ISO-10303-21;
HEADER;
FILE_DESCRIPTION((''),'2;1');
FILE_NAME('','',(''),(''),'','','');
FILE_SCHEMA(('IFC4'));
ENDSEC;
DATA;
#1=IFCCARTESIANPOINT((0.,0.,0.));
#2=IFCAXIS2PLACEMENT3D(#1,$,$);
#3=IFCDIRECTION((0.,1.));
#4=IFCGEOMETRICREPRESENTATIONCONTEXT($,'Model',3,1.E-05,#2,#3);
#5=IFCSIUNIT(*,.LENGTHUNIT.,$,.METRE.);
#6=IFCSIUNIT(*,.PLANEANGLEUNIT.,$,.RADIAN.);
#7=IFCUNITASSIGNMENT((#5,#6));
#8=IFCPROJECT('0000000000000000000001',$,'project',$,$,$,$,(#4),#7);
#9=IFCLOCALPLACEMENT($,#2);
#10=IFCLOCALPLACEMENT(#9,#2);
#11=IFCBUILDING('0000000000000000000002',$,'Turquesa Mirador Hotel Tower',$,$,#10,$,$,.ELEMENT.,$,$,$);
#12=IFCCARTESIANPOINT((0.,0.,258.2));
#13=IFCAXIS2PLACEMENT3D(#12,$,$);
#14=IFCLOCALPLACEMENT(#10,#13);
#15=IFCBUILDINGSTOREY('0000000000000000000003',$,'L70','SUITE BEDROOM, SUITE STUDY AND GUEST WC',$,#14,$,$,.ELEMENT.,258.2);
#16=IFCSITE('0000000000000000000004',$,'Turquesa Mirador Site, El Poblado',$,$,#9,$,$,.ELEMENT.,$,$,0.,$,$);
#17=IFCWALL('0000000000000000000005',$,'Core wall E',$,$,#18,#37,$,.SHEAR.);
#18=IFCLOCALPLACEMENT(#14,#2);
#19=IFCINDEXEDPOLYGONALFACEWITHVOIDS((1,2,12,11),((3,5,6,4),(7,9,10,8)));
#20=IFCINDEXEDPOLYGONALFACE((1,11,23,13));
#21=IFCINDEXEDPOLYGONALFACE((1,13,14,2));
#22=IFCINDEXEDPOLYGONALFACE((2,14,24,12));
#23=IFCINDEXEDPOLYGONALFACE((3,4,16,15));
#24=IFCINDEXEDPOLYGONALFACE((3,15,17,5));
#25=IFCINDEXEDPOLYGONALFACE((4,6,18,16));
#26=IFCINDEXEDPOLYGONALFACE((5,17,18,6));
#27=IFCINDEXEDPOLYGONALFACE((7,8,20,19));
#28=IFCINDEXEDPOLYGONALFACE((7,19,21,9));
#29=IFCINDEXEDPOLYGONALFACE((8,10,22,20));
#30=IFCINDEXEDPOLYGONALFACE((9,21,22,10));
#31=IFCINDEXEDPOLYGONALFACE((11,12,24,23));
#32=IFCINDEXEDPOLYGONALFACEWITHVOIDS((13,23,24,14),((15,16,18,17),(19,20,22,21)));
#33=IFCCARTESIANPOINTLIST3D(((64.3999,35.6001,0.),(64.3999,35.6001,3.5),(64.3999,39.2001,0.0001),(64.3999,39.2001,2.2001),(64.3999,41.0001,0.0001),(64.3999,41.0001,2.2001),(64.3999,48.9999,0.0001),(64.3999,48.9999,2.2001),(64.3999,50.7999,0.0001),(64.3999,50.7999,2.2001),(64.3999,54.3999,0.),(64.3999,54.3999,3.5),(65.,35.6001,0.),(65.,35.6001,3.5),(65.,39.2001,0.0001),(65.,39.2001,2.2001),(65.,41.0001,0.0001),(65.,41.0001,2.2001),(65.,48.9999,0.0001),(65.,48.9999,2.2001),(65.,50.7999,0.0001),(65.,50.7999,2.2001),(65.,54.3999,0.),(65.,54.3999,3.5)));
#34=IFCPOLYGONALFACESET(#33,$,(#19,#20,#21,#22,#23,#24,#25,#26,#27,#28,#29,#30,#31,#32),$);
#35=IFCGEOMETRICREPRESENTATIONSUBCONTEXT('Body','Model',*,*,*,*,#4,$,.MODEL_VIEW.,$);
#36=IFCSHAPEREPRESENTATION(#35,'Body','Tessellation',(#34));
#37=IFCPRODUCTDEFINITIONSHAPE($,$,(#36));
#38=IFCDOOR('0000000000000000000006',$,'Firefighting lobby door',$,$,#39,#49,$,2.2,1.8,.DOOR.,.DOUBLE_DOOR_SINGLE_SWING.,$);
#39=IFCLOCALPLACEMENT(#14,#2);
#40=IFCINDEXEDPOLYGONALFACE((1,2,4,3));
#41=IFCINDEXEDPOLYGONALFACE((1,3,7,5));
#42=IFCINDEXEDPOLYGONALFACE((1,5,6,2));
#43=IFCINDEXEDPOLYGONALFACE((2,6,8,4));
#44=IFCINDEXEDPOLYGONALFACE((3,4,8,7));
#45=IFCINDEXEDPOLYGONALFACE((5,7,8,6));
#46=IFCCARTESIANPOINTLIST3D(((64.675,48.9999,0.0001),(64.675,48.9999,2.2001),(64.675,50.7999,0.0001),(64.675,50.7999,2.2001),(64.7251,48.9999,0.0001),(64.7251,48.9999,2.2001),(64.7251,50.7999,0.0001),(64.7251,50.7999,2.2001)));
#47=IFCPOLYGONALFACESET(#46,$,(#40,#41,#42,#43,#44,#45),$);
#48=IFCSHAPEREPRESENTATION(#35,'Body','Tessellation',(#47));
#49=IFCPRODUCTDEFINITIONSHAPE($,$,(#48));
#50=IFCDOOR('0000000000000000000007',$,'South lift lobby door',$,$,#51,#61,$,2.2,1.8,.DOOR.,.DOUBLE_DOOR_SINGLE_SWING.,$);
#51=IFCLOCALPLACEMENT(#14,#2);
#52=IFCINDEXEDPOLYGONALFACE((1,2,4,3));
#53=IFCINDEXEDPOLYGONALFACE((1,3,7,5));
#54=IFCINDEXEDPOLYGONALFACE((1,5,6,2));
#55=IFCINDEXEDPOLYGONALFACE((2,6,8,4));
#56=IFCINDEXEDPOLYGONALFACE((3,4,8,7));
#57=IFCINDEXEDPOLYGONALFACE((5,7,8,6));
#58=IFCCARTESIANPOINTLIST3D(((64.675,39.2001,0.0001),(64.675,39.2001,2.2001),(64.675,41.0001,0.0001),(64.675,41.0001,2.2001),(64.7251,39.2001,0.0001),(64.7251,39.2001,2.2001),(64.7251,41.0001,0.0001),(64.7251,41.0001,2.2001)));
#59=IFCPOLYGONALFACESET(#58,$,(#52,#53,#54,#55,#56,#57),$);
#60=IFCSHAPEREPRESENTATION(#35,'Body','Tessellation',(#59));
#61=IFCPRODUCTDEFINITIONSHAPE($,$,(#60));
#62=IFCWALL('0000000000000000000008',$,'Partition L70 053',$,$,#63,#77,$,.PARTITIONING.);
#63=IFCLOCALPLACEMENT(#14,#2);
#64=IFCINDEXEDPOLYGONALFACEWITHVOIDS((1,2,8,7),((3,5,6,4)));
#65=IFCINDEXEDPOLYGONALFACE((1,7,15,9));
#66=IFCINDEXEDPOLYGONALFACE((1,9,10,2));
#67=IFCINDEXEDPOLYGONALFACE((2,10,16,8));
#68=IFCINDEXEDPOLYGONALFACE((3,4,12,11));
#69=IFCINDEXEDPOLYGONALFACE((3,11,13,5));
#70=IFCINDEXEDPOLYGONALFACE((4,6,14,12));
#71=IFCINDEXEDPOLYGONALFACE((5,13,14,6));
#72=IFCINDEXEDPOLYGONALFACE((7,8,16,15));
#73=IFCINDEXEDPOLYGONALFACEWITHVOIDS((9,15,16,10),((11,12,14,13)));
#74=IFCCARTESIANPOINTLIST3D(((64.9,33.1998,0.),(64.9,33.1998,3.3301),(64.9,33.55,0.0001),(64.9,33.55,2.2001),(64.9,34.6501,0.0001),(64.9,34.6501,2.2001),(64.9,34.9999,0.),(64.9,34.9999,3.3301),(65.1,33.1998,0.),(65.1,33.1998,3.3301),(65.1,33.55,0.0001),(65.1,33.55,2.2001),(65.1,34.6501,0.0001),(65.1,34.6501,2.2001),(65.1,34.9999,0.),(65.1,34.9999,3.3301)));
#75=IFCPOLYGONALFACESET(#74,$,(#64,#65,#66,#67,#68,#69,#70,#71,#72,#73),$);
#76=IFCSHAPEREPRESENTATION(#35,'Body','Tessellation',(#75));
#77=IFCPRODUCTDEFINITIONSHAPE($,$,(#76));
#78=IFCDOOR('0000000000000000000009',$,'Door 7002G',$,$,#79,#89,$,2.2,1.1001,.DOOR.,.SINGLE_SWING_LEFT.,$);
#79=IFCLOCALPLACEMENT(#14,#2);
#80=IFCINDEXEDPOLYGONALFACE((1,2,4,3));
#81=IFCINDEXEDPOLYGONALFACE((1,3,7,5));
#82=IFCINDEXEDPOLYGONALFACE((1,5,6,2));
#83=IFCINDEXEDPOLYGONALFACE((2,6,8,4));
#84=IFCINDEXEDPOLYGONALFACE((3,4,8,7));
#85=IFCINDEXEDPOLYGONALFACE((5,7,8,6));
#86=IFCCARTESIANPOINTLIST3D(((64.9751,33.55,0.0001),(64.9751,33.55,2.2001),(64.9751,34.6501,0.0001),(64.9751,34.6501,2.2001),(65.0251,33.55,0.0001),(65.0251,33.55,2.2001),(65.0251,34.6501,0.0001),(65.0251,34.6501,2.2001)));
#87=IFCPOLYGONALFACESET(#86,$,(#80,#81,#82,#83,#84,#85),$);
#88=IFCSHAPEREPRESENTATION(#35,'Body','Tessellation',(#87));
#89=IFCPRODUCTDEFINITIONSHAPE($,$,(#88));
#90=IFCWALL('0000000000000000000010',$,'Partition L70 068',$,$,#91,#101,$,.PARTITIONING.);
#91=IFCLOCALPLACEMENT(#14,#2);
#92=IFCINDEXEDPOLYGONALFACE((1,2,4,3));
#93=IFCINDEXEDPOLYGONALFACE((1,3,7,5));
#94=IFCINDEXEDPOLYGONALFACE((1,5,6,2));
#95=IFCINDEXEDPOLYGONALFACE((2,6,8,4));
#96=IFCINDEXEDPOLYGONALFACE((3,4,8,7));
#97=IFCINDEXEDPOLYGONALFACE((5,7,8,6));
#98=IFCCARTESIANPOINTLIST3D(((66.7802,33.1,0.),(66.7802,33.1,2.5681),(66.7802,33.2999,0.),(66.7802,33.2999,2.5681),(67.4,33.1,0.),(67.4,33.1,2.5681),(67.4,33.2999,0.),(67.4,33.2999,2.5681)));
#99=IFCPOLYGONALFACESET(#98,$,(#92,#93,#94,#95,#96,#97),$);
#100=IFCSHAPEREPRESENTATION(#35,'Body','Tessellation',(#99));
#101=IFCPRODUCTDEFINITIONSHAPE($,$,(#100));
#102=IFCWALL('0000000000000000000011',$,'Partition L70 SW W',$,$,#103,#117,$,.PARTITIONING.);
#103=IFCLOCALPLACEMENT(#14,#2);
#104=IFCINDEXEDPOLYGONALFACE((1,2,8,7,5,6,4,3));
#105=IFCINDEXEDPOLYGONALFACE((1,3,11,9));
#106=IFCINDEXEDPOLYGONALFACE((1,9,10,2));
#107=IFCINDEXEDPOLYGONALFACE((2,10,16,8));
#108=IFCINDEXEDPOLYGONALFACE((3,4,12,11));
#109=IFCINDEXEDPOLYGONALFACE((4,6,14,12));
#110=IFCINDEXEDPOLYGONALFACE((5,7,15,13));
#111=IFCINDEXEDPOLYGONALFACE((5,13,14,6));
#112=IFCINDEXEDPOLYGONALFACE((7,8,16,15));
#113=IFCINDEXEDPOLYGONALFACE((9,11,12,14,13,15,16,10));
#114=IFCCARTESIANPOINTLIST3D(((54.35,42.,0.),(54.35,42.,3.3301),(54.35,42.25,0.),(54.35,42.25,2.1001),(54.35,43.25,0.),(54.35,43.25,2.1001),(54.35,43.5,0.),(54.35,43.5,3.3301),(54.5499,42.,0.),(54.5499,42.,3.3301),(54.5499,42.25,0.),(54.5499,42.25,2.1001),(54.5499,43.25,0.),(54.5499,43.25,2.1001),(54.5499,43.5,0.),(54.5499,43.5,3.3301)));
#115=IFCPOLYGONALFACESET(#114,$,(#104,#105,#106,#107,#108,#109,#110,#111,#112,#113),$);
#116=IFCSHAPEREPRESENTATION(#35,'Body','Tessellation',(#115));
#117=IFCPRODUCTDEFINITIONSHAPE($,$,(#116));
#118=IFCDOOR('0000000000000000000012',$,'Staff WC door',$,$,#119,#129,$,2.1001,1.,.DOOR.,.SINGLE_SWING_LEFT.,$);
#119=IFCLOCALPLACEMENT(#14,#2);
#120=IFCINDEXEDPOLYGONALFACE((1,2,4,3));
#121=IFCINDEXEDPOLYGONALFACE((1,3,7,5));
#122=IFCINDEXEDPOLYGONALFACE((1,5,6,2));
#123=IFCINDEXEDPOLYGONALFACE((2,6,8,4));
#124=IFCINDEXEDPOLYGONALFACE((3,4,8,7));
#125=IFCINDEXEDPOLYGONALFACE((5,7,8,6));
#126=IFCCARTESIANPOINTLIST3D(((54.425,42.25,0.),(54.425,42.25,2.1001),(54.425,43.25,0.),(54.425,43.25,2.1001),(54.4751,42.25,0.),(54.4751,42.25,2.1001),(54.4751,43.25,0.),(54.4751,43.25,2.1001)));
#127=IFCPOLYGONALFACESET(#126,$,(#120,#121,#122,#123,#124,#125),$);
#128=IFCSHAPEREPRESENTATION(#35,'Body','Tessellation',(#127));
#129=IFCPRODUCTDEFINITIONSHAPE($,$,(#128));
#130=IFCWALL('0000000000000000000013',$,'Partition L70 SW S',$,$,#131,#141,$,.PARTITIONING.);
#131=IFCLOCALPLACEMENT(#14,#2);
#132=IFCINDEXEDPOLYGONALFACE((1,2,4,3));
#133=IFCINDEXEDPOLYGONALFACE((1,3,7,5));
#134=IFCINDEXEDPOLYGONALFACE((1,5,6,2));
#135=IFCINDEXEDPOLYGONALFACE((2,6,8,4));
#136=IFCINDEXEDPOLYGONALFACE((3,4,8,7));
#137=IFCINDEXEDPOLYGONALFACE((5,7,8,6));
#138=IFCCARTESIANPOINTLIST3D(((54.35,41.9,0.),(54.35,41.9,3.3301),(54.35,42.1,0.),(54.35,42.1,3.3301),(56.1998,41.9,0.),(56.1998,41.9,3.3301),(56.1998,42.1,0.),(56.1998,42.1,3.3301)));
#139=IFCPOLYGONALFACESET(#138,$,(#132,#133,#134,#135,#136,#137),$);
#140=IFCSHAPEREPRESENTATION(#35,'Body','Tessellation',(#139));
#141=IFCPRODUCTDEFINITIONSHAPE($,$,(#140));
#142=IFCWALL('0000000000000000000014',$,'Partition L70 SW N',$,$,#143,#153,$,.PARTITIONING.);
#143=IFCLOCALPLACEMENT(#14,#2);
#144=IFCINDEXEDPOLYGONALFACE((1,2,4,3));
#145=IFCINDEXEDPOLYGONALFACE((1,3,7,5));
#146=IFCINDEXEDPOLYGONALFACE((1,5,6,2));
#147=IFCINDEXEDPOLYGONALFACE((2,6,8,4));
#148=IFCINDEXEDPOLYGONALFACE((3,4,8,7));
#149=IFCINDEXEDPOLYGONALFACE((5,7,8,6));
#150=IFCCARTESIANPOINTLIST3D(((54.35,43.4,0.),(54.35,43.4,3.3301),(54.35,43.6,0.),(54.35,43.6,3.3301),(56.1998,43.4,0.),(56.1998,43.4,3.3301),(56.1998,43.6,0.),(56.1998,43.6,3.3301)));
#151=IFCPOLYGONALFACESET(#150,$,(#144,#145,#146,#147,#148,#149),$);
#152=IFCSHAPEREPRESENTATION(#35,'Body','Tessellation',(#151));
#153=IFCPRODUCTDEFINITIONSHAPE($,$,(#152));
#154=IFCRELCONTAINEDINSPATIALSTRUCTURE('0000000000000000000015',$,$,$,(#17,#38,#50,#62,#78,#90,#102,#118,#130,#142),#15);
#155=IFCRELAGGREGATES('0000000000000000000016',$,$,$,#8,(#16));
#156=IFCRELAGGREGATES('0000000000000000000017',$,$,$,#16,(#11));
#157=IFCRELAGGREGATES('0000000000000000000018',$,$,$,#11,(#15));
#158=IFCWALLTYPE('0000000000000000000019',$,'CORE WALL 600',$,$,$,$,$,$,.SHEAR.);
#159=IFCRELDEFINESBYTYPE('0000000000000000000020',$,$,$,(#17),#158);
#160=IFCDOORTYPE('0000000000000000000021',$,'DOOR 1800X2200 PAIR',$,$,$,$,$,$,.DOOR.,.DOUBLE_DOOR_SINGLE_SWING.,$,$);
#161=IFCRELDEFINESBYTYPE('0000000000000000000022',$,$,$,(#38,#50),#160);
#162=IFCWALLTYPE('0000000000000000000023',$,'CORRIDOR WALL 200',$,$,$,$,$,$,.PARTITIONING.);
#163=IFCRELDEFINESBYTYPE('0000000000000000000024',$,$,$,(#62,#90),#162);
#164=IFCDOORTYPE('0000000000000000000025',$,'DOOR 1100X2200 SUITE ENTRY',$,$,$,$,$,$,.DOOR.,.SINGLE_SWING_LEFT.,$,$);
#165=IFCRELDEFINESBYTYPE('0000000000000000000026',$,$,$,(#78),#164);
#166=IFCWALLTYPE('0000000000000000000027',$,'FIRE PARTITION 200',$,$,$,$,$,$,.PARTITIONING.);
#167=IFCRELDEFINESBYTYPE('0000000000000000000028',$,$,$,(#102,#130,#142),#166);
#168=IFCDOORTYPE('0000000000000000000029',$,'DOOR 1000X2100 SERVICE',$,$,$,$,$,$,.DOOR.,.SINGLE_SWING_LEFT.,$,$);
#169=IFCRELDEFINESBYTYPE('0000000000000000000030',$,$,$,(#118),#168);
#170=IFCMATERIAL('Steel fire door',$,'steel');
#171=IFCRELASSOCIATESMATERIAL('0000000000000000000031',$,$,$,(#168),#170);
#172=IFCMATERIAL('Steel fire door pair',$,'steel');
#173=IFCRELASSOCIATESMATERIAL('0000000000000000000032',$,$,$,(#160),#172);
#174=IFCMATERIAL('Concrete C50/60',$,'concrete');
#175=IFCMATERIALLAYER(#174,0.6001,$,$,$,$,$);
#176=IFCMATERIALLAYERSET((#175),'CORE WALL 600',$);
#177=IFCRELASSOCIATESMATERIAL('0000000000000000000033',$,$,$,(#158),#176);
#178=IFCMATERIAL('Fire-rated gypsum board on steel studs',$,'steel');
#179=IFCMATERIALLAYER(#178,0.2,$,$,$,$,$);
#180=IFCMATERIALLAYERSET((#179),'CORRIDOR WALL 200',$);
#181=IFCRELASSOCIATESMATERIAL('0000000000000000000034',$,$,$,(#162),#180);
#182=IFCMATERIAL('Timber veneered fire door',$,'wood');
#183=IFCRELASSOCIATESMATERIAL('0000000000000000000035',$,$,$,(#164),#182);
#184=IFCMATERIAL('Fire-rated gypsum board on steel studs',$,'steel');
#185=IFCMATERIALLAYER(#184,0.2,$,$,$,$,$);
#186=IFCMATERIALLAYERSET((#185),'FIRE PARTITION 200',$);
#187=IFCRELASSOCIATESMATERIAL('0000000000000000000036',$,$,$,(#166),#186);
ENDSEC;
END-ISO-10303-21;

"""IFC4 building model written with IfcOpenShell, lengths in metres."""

from ifc_helpers import new_model, si_unit, direction, frame, frame_2d, origin, place, context, subcontext, project, spatial, rectangle, extrude, material, layer, layer_set, type_object, element, fill, save


model = new_model("IFC4")

# Units and contexts
model_context = context("Model", 3, precision=1e-05, world=origin(), true_north=direction((0.0, 1.0)))
body_context = subcontext(model_context, "Body", "Model", "MODEL_VIEW")
ifc_project = project(units=[si_unit("LENGTHUNIT", "METRE"), si_unit("PLANEANGLEUNIT", "RADIAN")], contexts=[model_context])

# Site, building, storey
site_placement = place(None, origin())
site = spatial("IfcSite", under=ifc_project, at=site_placement, Name="Turquesa Mirador Site, El Poblado", CompositionType="ELEMENT", RefElevation=0.0)
building_placement = place(site_placement, origin())
building = spatial("IfcBuilding", under=site, at=building_placement, Name="Turquesa Mirador Hotel Tower", CompositionType="ELEMENT")
storey_placement = place(building_placement, frame((0.0, 0.0, 258.2)))
storey = spatial("IfcBuildingStorey", under=building, at=storey_placement, Name="L70", Description="SUITE BEDROOM, SUITE STUDY AND GUEST WC", CompositionType="ELEMENT", Elevation=258.2)

# Shared definitions
ifc_material_1 = material(Name="Steel fire door", Category="steel")
door_type_1 = type_object("IfcDoorType", Name="DOOR 1000X2100 SERVICE", OperationType="SINGLE_SWING_LEFT", PredefinedType="DOOR", material=ifc_material_1)
ifc_material_2 = material(Name="Steel fire door pair", Category="steel")
door_type_2 = type_object("IfcDoorType", Name="DOOR 1800X2200 PAIR", OperationType="DOUBLE_DOOR_SINGLE_SWING", PredefinedType="DOOR", material=ifc_material_2)

# Wall, openings, doors
ifc_material_3 = material(Name="Concrete C50/60", Category="concrete")
ifc_layer_1 = layer(ifc_material_3, 0.6001)
ifc_layer_set_1 = layer_set([ifc_layer_1], Name="CORE WALL 600")
wall_type_1 = type_object("IfcWallType", Name="CORE WALL 600", PredefinedType="SHEAR", material=ifc_layer_set_1)
wall_1_placement = place(storey_placement, frame((64.7, 35.6001, 0.0), z_axis=(0.0, 0.0, 1.0), x_axis=(0.0, 1.0, 0.0)))
wall_1 = element("IfcWall", 1, at=wall_1_placement, inside=storey, type_object=wall_type_1, Name="Core wall E", PredefinedType="SHEAR", context=body_context, shape_type="SweptSolid", body=[
    extrude(rectangle(XDim=18.7998, YDim=0.6001, at=frame_2d((9.3999, 0.0))), origin(), (0.0, 0.0, 1.0), 3.5),
])
opening_1_placement = place(wall_1_placement, frame((13.3999, 0.0, 0.0)))
opening_1 = element("IfcOpeningElement", 2, at=opening_1_placement, cuts=wall_1, PredefinedType="OPENING", context=body_context, shape_type="SweptSolid", body=[
    extrude(rectangle(XDim=1.8, YDim=2.2, at=frame_2d((0.8999, 1.1001))), frame((0.0, 0.3101, 0.0), z_axis=(0.0, -1.0, 0.0), x_axis=(1.0, 0.0, 0.0)), (0.0, 0.0, 1.0), 0.6201),
])
opening_2_placement = place(wall_1_placement, frame((3.6001, 0.0, 0.0)))
opening_2 = element("IfcOpeningElement", 3, at=opening_2_placement, cuts=wall_1, PredefinedType="OPENING", context=body_context, shape_type="SweptSolid", body=[
    extrude(rectangle(XDim=1.8, YDim=2.2, at=frame_2d((0.8999, 1.1001))), frame((0.0, 0.3101, 0.0), z_axis=(0.0, -1.0, 0.0), x_axis=(1.0, 0.0, 0.0)), (0.0, 0.0, 1.0), 0.6201),
])
door_1_placement = place(opening_1_placement, origin())
door_1 = element("IfcDoor", 4, at=door_1_placement, inside=storey, type_object=door_type_2, Name="Firefighting lobby door", OperationType="DOUBLE_DOOR_SINGLE_SWING", OverallHeight=2.2, OverallWidth=1.8, PredefinedType="DOOR", context=body_context, shape_type="SweptSolid", body=[
    extrude(rectangle(XDim=1.8, YDim=2.2, at=frame_2d((0.8999, 1.1001))), frame((0.0, 0.0249, 0.0), z_axis=(0.0, -1.0, 0.0), x_axis=(1.0, 0.0, 0.0)), (0.0, 0.0, 1.0), 0.05),
])
fill(opening_1, door_1)
door_2_placement = place(opening_2_placement, origin())
door_2 = element("IfcDoor", 5, at=door_2_placement, inside=storey, type_object=door_type_2, Name="South lift lobby door", OperationType="DOUBLE_DOOR_SINGLE_SWING", OverallHeight=2.2, OverallWidth=1.8, PredefinedType="DOOR", context=body_context, shape_type="SweptSolid", body=[
    extrude(rectangle(XDim=1.8, YDim=2.2, at=frame_2d((0.8999, 1.1001))), frame((0.0, 0.0249, 0.0), z_axis=(0.0, -1.0, 0.0), x_axis=(1.0, 0.0, 0.0)), (0.0, 0.0, 1.0), 0.05),
])
fill(opening_2, door_2)

# Wall, opening, door
ifc_material_4 = material(Name="Fire-rated gypsum board on steel studs", Category="steel")
ifc_layer_2 = layer(ifc_material_4, 0.2)
ifc_layer_set_2 = layer_set([ifc_layer_2], Name="CORRIDOR WALL 200")
wall_type_2 = type_object("IfcWallType", Name="CORRIDOR WALL 200", PredefinedType="PARTITIONING", material=ifc_layer_set_2)
wall_2_placement = place(storey_placement, frame((65.0, 33.2, 0.0), z_axis=(0.0, 0.0, 1.0), x_axis=(0.0, 1.0, 0.0)))
wall_2 = element("IfcWall", 6, at=wall_2_placement, inside=storey, type_object=wall_type_2, Name="Partition L70 053", PredefinedType="PARTITIONING", context=body_context, shape_type="SweptSolid", body=[
    extrude(rectangle(XDim=1.8, YDim=0.2, at=frame_2d((0.8999, 0.0))), origin(), (0.0, 0.0, 1.0), 3.3301),
])
opening_3_placement = place(wall_2_placement, frame((0.3501, 0.0, 0.0)))
opening_3 = element("IfcOpeningElement", 7, at=opening_3_placement, cuts=wall_2, PredefinedType="OPENING", context=body_context, shape_type="SweptSolid", body=[
    extrude(rectangle(XDim=1.1001, YDim=2.2, at=frame_2d((0.55, 1.1001))), frame((0.0, 0.1099, 0.0), z_axis=(0.0, -1.0, 0.0), x_axis=(1.0, 0.0, 0.0)), (0.0, 0.0, 1.0), 0.22),
])
ifc_material_5 = material(Name="Timber veneered fire door", Category="wood")
door_type_3 = type_object("IfcDoorType", Name="DOOR 1100X2200 SUITE ENTRY", OperationType="SINGLE_SWING_LEFT", PredefinedType="DOOR", material=ifc_material_5)
door_3_placement = place(opening_3_placement, origin())
door_3 = element("IfcDoor", 8, at=door_3_placement, inside=storey, type_object=door_type_3, Name="Door 7002G", OperationType="SINGLE_SWING_LEFT", OverallHeight=2.2, OverallWidth=1.1001, PredefinedType="DOOR", context=body_context, shape_type="SweptSolid", body=[
    extrude(rectangle(XDim=1.1001, YDim=2.2, at=frame_2d((0.55, 1.1001))), frame((0.0, 0.0249, 0.0), z_axis=(0.0, -1.0, 0.0), x_axis=(1.0, 0.0, 0.0)), (0.0, 0.0, 1.0), 0.05),
])
fill(opening_3, door_3)

# Wall
wall_3_placement = place(storey_placement, frame((66.78, 33.2, 0.0), z_axis=(0.0, 0.0, 1.0), x_axis=(1.0, 0.0, 0.0)))
element("IfcWall", 9, at=wall_3_placement, inside=storey, type_object=wall_type_2, Name="Partition L70 068", PredefinedType="PARTITIONING", context=body_context, shape_type="SweptSolid", body=[
    extrude(rectangle(XDim=0.6199, YDim=0.2, at=frame_2d((0.3101, 0.0))), origin(), (0.0, 0.0, 1.0), 2.5681),
])

# Wall, opening, door
ifc_material_6 = material(Name="Fire-rated gypsum board on steel studs", Category="steel")
ifc_layer_3 = layer(ifc_material_6, 0.2)
ifc_layer_set_3 = layer_set([ifc_layer_3], Name="FIRE PARTITION 200")
wall_type_3 = type_object("IfcWallType", Name="FIRE PARTITION 200", PredefinedType="PARTITIONING", material=ifc_layer_set_3)
wall_4_placement = place(storey_placement, frame((54.45, 42.0, 0.0), z_axis=(0.0, 0.0, 1.0), x_axis=(0.0, 1.0, 0.0)))
wall_4 = element("IfcWall", 10, at=wall_4_placement, inside=storey, type_object=wall_type_3, Name="Partition L70 SW W", PredefinedType="PARTITIONING", context=body_context, shape_type="SweptSolid", body=[
    extrude(rectangle(XDim=1.5, YDim=0.2, at=frame_2d((0.75, 0.0))), origin(), (0.0, 0.0, 1.0), 3.3301),
])
opening_4_placement = place(wall_4_placement, frame((0.25, 0.0, 0.0)))
opening_4 = element("IfcOpeningElement", 11, at=opening_4_placement, cuts=wall_4, PredefinedType="OPENING", context=body_context, shape_type="SweptSolid", body=[
    extrude(rectangle(XDim=1.0, YDim=2.1001, at=frame_2d((0.5, 1.05))), frame((0.0, 0.1099, 0.0), z_axis=(0.0, -1.0, 0.0), x_axis=(1.0, 0.0, 0.0)), (0.0, 0.0, 1.0), 0.22),
])
door_4_placement = place(opening_4_placement, origin())
door_4 = element("IfcDoor", 12, at=door_4_placement, inside=storey, type_object=door_type_1, Name="Staff WC door", OperationType="SINGLE_SWING_LEFT", OverallHeight=2.1001, OverallWidth=1.0, PredefinedType="DOOR", context=body_context, shape_type="SweptSolid", body=[
    extrude(rectangle(XDim=1.0, YDim=2.1001, at=frame_2d((0.5, 1.05))), frame((0.0, 0.0249, 0.0), z_axis=(0.0, -1.0, 0.0), x_axis=(1.0, 0.0, 0.0)), (0.0, 0.0, 1.0), 0.05),
])
fill(opening_4, door_4)

# Walls
for number, where, z_axis, x_axis, name in (
    (13, (54.3501, 42.0, 0.0), (0.0, 0.0, 1.0), (1.0, 0.0, 0.0), "Partition L70 SW S"),
    (14, (54.3501, 43.5, 0.0), (0.0, 0.0, 1.0), (1.0, 0.0, 0.0), "Partition L70 SW N"),
):
    element("IfcWall", number, at=place(storey_placement, frame(where, z_axis=z_axis, x_axis=x_axis)), inside=storey, type_object=wall_type_3, Name=name, PredefinedType="PARTITIONING", context=body_context, shape_type="SweptSolid", body=[
        extrude(rectangle(XDim=1.8499, YDim=0.2, at=frame_2d((0.9248, 0.0))), origin(), (0.0, 0.0, 1.0), 3.3301),
    ])

save(model, "model.ifc")
